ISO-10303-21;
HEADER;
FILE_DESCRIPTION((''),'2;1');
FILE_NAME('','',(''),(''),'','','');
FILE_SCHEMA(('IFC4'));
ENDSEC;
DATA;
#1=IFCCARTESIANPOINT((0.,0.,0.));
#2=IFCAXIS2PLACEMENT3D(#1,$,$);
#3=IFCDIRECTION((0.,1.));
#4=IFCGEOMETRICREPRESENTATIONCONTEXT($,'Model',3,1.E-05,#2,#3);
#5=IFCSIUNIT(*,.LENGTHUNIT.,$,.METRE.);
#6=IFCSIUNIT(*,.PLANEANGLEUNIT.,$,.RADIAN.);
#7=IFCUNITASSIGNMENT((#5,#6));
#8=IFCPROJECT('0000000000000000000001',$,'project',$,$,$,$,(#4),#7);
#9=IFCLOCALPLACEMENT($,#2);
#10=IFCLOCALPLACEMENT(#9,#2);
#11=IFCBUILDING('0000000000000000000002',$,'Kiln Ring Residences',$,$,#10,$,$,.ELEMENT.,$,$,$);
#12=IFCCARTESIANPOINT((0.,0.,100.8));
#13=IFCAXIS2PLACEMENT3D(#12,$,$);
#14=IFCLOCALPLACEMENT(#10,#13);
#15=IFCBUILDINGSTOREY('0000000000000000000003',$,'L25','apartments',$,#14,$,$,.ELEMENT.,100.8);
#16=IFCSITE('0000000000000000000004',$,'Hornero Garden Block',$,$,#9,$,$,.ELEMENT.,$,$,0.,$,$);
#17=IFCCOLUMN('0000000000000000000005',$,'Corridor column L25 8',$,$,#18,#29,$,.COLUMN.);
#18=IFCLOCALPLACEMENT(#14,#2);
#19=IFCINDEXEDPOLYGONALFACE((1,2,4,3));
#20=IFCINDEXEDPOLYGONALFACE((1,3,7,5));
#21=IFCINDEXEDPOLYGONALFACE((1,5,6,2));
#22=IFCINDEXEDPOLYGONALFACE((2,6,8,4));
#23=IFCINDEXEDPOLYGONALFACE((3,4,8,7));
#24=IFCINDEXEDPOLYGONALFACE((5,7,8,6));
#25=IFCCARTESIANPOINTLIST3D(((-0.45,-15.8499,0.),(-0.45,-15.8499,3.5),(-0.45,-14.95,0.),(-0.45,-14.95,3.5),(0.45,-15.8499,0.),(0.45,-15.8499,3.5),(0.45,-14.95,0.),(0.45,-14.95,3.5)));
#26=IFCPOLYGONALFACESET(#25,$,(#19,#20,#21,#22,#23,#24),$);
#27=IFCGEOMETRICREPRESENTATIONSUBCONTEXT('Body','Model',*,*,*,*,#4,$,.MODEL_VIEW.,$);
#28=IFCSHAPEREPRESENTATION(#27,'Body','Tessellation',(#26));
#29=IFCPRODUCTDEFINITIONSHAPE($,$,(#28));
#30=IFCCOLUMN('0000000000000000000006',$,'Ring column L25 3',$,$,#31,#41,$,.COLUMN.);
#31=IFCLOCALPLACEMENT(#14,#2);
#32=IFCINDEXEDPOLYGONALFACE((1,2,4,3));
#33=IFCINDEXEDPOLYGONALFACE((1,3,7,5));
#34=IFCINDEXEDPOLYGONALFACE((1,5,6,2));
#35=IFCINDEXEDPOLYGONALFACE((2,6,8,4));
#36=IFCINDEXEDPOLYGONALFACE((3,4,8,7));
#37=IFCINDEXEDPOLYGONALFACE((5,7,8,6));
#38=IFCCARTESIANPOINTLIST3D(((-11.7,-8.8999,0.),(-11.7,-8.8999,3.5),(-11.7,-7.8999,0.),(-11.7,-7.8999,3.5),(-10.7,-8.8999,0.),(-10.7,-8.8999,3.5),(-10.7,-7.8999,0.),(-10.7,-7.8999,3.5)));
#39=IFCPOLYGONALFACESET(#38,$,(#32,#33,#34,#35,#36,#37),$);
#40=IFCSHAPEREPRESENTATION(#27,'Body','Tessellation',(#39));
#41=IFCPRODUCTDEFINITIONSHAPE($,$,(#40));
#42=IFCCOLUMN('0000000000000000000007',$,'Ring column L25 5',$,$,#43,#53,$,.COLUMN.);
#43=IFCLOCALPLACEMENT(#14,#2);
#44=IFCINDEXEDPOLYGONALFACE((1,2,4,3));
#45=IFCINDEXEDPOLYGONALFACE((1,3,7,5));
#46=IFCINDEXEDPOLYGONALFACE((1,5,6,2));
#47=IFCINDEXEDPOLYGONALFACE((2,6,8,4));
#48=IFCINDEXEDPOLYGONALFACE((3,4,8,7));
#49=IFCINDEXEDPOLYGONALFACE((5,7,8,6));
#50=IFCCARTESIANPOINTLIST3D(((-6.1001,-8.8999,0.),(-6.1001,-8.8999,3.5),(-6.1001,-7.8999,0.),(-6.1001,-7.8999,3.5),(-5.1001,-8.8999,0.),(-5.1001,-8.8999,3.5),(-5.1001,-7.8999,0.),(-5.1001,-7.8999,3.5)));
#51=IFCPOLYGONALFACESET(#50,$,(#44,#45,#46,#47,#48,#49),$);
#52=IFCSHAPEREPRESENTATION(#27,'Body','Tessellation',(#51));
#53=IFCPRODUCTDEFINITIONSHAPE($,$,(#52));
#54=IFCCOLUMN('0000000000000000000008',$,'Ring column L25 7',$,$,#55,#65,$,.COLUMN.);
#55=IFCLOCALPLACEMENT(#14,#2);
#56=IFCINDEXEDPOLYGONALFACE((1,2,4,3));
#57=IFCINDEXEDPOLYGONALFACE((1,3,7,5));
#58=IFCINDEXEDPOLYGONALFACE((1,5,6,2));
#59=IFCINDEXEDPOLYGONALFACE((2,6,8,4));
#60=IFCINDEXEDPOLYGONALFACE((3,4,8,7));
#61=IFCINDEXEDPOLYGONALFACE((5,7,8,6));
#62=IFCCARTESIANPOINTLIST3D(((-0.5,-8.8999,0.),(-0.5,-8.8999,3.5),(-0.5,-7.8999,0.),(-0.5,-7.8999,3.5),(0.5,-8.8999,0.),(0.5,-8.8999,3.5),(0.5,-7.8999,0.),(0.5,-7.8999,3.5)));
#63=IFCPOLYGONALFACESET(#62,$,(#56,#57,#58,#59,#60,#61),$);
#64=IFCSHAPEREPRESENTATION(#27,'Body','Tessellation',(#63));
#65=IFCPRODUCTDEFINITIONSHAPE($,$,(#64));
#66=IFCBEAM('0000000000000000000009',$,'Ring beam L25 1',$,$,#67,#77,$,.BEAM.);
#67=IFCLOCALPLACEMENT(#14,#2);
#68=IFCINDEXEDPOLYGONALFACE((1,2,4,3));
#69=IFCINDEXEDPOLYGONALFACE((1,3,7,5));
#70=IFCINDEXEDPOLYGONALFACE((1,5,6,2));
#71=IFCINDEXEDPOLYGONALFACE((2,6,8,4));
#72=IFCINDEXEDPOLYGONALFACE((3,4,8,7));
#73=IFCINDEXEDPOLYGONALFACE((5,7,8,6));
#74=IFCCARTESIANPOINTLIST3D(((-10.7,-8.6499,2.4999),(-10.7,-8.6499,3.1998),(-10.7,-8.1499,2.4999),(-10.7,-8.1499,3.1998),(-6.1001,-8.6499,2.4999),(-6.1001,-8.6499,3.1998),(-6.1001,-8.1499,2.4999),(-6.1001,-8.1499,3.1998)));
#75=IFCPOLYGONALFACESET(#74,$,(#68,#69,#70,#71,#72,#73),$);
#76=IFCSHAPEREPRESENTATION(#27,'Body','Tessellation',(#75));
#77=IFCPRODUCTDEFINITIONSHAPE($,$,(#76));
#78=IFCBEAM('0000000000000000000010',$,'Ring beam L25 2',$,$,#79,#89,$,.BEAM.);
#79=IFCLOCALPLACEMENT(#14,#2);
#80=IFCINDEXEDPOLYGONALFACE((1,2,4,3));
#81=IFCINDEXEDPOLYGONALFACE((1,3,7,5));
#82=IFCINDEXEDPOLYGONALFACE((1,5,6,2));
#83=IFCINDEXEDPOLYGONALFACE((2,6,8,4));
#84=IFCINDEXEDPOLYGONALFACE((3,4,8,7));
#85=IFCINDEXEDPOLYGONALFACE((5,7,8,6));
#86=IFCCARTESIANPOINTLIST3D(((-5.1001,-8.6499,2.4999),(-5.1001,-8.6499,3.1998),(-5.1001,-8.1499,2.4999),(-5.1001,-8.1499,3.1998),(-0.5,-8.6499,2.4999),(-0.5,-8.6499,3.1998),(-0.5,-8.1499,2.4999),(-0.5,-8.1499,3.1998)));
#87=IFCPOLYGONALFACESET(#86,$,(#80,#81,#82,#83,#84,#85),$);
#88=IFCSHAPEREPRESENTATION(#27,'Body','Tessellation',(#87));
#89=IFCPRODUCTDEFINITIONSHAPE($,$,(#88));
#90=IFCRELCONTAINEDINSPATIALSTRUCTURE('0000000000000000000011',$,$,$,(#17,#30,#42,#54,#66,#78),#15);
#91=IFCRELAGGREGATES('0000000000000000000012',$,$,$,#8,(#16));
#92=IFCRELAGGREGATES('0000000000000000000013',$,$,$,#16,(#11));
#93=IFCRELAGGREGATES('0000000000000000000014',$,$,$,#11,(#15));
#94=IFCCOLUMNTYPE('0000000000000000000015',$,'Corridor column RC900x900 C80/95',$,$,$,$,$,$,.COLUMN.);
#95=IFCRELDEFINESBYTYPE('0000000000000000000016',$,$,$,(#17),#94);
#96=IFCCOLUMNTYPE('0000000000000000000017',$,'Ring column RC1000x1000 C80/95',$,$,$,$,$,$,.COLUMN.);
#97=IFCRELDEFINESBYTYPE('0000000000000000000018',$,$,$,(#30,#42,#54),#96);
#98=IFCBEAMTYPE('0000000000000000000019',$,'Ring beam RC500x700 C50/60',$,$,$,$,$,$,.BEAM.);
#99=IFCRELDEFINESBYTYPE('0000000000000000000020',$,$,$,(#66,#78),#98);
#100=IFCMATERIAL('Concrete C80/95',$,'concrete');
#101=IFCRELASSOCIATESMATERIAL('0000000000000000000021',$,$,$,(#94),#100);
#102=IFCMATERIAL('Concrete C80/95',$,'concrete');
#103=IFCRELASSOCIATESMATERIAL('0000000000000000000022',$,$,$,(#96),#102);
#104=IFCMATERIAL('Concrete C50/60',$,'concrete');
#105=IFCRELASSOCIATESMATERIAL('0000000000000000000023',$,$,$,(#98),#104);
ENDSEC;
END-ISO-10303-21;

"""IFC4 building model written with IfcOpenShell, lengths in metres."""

from ifc_helpers import new_model, si_unit, direction, frame, origin, origin_2d, place, context, subcontext, project, spatial, rectangle, extrude, material, material_profile, profile_set, type_object, element, save


model = new_model("IFC4")

# Units and contexts
model_context = context("Model", 3, precision=1e-05, world=origin(), true_north=direction((0.0, 1.0)))
body_context = subcontext(model_context, "Body", "Model", "MODEL_VIEW")
ifc_project = project(units=[si_unit("LENGTHUNIT", "METRE"), si_unit("PLANEANGLEUNIT", "RADIAN")], contexts=[model_context])

# Site, building, storey
site_placement = place(None, origin())
site = spatial("IfcSite", under=ifc_project, at=site_placement, Name="Hornero Garden Block", CompositionType="ELEMENT", RefElevation=0.0)
building_placement = place(site_placement, origin())
building = spatial("IfcBuilding", under=site, at=building_placement, Name="Kiln Ring Residences", CompositionType="ELEMENT")
storey_placement = place(building_placement, frame((0.0, 0.0, 100.8)))
storey = spatial("IfcBuildingStorey", under=building, at=storey_placement, Name="L25", Description="apartments", CompositionType="ELEMENT", Elevation=100.8)

# Columns
ifc_material_1 = material(Name="Concrete C80/95", Category="concrete")
ifc_material_profile_1 = material_profile(ifc_material_1, rectangle(XDim=0.8999, YDim=0.8999, at=origin_2d()), Name="RC900x900")
ifc_profile_set_1 = profile_set([ifc_material_profile_1], Name="Concrete C80/95")
column_type_1 = type_object("IfcColumnType", Name="Corridor column RC900x900 C80/95", PredefinedType="COLUMN", material=ifc_profile_set_1)
column_placement = place(storey_placement, frame((0.0, -15.3999, 0.0), z_axis=(0.0, 0.0, 1.0), x_axis=(1.0, 0.0, 0.0)))
element("IfcColumn", 1, at=column_placement, inside=storey, type_object=column_type_1, Name="Corridor column L25 8", PredefinedType="COLUMN", context=body_context, shape_type="SweptSolid", body=[
    extrude(rectangle(XDim=0.8999, YDim=0.8999, at=origin_2d()), origin(), (0.0, 0.0, 1.0), 3.5),
])
ifc_material_2 = material(Name="Concrete C80/95", Category="concrete")
ifc_material_profile_2 = material_profile(ifc_material_2, rectangle(XDim=1.0, YDim=1.0, at=origin_2d()), Name="RC1000x1000")
ifc_profile_set_2 = profile_set([ifc_material_profile_2], Name="Concrete C80/95")
column_type_2 = type_object("IfcColumnType", Name="Ring column RC1000x1000 C80/95", PredefinedType="COLUMN", material=ifc_profile_set_2)
for number, where, z_axis, x_axis, name in (
    (2, (-11.2, -8.3999, 0.0), (0.0, 0.0, 1.0), (1.0, 0.0, 0.0), "Ring column L25 3"),
    (3, (-5.6001, -8.3999, 0.0), (0.0, 0.0, 1.0), (1.0, 0.0, 0.0), "Ring column L25 5"),
    (4, (0.0, -8.3999, 0.0), (0.0, 0.0, 1.0), (1.0, 0.0, 0.0), "Ring column L25 7"),
):
    element("IfcColumn", number, at=place(storey_placement, frame(where, z_axis=z_axis, x_axis=x_axis)), inside=storey, type_object=column_type_2, Name=name, PredefinedType="COLUMN", context=body_context, shape_type="SweptSolid", body=[
        extrude(rectangle(XDim=1.0, YDim=1.0, at=origin_2d()), origin(), (0.0, 0.0, 1.0), 3.5),
    ])

# Beams
ifc_material_3 = material(Name="Concrete C50/60", Category="concrete")
ifc_material_profile_3 = material_profile(ifc_material_3, rectangle(XDim=0.5, YDim=0.7, at=origin_2d()), Name="RC500x700")
ifc_profile_set_3 = profile_set([ifc_material_profile_3], Name="Concrete C50/60")
beam_type = type_object("IfcBeamType", Name="Ring beam RC500x700 C50/60", PredefinedType="BEAM", material=ifc_profile_set_3)
beam_1_placement = place(storey_placement, frame((-10.7, -8.3999, 2.8499), z_axis=(1.0, 0.0, 0.0), x_axis=(0.0, 1.0, 0.0)))
element("IfcBeam", 5, at=beam_1_placement, inside=storey, type_object=beam_type, Name="Ring beam L25 1", PredefinedType="BEAM", context=body_context, shape_type="SweptSolid", body=[
    extrude(rectangle(XDim=0.5, YDim=0.7, at=origin_2d()), origin(), (0.0, 0.0, 1.0), 4.5999),
])
beam_2_placement = place(storey_placement, frame((-5.1001, -8.3999, 2.8499), z_axis=(1.0, 0.0, 0.0), x_axis=(0.0, 1.0, 0.0)))
element("IfcBeam", 6, at=beam_2_placement, inside=storey, type_object=beam_type, Name="Ring beam L25 2", PredefinedType="BEAM", context=body_context, shape_type="SweptSolid", body=[
    extrude(rectangle(XDim=0.5, YDim=0.7, at=origin_2d()), origin(), (0.0, 0.0, 1.0), 4.6001),
])

save(model, "model.ifc")
